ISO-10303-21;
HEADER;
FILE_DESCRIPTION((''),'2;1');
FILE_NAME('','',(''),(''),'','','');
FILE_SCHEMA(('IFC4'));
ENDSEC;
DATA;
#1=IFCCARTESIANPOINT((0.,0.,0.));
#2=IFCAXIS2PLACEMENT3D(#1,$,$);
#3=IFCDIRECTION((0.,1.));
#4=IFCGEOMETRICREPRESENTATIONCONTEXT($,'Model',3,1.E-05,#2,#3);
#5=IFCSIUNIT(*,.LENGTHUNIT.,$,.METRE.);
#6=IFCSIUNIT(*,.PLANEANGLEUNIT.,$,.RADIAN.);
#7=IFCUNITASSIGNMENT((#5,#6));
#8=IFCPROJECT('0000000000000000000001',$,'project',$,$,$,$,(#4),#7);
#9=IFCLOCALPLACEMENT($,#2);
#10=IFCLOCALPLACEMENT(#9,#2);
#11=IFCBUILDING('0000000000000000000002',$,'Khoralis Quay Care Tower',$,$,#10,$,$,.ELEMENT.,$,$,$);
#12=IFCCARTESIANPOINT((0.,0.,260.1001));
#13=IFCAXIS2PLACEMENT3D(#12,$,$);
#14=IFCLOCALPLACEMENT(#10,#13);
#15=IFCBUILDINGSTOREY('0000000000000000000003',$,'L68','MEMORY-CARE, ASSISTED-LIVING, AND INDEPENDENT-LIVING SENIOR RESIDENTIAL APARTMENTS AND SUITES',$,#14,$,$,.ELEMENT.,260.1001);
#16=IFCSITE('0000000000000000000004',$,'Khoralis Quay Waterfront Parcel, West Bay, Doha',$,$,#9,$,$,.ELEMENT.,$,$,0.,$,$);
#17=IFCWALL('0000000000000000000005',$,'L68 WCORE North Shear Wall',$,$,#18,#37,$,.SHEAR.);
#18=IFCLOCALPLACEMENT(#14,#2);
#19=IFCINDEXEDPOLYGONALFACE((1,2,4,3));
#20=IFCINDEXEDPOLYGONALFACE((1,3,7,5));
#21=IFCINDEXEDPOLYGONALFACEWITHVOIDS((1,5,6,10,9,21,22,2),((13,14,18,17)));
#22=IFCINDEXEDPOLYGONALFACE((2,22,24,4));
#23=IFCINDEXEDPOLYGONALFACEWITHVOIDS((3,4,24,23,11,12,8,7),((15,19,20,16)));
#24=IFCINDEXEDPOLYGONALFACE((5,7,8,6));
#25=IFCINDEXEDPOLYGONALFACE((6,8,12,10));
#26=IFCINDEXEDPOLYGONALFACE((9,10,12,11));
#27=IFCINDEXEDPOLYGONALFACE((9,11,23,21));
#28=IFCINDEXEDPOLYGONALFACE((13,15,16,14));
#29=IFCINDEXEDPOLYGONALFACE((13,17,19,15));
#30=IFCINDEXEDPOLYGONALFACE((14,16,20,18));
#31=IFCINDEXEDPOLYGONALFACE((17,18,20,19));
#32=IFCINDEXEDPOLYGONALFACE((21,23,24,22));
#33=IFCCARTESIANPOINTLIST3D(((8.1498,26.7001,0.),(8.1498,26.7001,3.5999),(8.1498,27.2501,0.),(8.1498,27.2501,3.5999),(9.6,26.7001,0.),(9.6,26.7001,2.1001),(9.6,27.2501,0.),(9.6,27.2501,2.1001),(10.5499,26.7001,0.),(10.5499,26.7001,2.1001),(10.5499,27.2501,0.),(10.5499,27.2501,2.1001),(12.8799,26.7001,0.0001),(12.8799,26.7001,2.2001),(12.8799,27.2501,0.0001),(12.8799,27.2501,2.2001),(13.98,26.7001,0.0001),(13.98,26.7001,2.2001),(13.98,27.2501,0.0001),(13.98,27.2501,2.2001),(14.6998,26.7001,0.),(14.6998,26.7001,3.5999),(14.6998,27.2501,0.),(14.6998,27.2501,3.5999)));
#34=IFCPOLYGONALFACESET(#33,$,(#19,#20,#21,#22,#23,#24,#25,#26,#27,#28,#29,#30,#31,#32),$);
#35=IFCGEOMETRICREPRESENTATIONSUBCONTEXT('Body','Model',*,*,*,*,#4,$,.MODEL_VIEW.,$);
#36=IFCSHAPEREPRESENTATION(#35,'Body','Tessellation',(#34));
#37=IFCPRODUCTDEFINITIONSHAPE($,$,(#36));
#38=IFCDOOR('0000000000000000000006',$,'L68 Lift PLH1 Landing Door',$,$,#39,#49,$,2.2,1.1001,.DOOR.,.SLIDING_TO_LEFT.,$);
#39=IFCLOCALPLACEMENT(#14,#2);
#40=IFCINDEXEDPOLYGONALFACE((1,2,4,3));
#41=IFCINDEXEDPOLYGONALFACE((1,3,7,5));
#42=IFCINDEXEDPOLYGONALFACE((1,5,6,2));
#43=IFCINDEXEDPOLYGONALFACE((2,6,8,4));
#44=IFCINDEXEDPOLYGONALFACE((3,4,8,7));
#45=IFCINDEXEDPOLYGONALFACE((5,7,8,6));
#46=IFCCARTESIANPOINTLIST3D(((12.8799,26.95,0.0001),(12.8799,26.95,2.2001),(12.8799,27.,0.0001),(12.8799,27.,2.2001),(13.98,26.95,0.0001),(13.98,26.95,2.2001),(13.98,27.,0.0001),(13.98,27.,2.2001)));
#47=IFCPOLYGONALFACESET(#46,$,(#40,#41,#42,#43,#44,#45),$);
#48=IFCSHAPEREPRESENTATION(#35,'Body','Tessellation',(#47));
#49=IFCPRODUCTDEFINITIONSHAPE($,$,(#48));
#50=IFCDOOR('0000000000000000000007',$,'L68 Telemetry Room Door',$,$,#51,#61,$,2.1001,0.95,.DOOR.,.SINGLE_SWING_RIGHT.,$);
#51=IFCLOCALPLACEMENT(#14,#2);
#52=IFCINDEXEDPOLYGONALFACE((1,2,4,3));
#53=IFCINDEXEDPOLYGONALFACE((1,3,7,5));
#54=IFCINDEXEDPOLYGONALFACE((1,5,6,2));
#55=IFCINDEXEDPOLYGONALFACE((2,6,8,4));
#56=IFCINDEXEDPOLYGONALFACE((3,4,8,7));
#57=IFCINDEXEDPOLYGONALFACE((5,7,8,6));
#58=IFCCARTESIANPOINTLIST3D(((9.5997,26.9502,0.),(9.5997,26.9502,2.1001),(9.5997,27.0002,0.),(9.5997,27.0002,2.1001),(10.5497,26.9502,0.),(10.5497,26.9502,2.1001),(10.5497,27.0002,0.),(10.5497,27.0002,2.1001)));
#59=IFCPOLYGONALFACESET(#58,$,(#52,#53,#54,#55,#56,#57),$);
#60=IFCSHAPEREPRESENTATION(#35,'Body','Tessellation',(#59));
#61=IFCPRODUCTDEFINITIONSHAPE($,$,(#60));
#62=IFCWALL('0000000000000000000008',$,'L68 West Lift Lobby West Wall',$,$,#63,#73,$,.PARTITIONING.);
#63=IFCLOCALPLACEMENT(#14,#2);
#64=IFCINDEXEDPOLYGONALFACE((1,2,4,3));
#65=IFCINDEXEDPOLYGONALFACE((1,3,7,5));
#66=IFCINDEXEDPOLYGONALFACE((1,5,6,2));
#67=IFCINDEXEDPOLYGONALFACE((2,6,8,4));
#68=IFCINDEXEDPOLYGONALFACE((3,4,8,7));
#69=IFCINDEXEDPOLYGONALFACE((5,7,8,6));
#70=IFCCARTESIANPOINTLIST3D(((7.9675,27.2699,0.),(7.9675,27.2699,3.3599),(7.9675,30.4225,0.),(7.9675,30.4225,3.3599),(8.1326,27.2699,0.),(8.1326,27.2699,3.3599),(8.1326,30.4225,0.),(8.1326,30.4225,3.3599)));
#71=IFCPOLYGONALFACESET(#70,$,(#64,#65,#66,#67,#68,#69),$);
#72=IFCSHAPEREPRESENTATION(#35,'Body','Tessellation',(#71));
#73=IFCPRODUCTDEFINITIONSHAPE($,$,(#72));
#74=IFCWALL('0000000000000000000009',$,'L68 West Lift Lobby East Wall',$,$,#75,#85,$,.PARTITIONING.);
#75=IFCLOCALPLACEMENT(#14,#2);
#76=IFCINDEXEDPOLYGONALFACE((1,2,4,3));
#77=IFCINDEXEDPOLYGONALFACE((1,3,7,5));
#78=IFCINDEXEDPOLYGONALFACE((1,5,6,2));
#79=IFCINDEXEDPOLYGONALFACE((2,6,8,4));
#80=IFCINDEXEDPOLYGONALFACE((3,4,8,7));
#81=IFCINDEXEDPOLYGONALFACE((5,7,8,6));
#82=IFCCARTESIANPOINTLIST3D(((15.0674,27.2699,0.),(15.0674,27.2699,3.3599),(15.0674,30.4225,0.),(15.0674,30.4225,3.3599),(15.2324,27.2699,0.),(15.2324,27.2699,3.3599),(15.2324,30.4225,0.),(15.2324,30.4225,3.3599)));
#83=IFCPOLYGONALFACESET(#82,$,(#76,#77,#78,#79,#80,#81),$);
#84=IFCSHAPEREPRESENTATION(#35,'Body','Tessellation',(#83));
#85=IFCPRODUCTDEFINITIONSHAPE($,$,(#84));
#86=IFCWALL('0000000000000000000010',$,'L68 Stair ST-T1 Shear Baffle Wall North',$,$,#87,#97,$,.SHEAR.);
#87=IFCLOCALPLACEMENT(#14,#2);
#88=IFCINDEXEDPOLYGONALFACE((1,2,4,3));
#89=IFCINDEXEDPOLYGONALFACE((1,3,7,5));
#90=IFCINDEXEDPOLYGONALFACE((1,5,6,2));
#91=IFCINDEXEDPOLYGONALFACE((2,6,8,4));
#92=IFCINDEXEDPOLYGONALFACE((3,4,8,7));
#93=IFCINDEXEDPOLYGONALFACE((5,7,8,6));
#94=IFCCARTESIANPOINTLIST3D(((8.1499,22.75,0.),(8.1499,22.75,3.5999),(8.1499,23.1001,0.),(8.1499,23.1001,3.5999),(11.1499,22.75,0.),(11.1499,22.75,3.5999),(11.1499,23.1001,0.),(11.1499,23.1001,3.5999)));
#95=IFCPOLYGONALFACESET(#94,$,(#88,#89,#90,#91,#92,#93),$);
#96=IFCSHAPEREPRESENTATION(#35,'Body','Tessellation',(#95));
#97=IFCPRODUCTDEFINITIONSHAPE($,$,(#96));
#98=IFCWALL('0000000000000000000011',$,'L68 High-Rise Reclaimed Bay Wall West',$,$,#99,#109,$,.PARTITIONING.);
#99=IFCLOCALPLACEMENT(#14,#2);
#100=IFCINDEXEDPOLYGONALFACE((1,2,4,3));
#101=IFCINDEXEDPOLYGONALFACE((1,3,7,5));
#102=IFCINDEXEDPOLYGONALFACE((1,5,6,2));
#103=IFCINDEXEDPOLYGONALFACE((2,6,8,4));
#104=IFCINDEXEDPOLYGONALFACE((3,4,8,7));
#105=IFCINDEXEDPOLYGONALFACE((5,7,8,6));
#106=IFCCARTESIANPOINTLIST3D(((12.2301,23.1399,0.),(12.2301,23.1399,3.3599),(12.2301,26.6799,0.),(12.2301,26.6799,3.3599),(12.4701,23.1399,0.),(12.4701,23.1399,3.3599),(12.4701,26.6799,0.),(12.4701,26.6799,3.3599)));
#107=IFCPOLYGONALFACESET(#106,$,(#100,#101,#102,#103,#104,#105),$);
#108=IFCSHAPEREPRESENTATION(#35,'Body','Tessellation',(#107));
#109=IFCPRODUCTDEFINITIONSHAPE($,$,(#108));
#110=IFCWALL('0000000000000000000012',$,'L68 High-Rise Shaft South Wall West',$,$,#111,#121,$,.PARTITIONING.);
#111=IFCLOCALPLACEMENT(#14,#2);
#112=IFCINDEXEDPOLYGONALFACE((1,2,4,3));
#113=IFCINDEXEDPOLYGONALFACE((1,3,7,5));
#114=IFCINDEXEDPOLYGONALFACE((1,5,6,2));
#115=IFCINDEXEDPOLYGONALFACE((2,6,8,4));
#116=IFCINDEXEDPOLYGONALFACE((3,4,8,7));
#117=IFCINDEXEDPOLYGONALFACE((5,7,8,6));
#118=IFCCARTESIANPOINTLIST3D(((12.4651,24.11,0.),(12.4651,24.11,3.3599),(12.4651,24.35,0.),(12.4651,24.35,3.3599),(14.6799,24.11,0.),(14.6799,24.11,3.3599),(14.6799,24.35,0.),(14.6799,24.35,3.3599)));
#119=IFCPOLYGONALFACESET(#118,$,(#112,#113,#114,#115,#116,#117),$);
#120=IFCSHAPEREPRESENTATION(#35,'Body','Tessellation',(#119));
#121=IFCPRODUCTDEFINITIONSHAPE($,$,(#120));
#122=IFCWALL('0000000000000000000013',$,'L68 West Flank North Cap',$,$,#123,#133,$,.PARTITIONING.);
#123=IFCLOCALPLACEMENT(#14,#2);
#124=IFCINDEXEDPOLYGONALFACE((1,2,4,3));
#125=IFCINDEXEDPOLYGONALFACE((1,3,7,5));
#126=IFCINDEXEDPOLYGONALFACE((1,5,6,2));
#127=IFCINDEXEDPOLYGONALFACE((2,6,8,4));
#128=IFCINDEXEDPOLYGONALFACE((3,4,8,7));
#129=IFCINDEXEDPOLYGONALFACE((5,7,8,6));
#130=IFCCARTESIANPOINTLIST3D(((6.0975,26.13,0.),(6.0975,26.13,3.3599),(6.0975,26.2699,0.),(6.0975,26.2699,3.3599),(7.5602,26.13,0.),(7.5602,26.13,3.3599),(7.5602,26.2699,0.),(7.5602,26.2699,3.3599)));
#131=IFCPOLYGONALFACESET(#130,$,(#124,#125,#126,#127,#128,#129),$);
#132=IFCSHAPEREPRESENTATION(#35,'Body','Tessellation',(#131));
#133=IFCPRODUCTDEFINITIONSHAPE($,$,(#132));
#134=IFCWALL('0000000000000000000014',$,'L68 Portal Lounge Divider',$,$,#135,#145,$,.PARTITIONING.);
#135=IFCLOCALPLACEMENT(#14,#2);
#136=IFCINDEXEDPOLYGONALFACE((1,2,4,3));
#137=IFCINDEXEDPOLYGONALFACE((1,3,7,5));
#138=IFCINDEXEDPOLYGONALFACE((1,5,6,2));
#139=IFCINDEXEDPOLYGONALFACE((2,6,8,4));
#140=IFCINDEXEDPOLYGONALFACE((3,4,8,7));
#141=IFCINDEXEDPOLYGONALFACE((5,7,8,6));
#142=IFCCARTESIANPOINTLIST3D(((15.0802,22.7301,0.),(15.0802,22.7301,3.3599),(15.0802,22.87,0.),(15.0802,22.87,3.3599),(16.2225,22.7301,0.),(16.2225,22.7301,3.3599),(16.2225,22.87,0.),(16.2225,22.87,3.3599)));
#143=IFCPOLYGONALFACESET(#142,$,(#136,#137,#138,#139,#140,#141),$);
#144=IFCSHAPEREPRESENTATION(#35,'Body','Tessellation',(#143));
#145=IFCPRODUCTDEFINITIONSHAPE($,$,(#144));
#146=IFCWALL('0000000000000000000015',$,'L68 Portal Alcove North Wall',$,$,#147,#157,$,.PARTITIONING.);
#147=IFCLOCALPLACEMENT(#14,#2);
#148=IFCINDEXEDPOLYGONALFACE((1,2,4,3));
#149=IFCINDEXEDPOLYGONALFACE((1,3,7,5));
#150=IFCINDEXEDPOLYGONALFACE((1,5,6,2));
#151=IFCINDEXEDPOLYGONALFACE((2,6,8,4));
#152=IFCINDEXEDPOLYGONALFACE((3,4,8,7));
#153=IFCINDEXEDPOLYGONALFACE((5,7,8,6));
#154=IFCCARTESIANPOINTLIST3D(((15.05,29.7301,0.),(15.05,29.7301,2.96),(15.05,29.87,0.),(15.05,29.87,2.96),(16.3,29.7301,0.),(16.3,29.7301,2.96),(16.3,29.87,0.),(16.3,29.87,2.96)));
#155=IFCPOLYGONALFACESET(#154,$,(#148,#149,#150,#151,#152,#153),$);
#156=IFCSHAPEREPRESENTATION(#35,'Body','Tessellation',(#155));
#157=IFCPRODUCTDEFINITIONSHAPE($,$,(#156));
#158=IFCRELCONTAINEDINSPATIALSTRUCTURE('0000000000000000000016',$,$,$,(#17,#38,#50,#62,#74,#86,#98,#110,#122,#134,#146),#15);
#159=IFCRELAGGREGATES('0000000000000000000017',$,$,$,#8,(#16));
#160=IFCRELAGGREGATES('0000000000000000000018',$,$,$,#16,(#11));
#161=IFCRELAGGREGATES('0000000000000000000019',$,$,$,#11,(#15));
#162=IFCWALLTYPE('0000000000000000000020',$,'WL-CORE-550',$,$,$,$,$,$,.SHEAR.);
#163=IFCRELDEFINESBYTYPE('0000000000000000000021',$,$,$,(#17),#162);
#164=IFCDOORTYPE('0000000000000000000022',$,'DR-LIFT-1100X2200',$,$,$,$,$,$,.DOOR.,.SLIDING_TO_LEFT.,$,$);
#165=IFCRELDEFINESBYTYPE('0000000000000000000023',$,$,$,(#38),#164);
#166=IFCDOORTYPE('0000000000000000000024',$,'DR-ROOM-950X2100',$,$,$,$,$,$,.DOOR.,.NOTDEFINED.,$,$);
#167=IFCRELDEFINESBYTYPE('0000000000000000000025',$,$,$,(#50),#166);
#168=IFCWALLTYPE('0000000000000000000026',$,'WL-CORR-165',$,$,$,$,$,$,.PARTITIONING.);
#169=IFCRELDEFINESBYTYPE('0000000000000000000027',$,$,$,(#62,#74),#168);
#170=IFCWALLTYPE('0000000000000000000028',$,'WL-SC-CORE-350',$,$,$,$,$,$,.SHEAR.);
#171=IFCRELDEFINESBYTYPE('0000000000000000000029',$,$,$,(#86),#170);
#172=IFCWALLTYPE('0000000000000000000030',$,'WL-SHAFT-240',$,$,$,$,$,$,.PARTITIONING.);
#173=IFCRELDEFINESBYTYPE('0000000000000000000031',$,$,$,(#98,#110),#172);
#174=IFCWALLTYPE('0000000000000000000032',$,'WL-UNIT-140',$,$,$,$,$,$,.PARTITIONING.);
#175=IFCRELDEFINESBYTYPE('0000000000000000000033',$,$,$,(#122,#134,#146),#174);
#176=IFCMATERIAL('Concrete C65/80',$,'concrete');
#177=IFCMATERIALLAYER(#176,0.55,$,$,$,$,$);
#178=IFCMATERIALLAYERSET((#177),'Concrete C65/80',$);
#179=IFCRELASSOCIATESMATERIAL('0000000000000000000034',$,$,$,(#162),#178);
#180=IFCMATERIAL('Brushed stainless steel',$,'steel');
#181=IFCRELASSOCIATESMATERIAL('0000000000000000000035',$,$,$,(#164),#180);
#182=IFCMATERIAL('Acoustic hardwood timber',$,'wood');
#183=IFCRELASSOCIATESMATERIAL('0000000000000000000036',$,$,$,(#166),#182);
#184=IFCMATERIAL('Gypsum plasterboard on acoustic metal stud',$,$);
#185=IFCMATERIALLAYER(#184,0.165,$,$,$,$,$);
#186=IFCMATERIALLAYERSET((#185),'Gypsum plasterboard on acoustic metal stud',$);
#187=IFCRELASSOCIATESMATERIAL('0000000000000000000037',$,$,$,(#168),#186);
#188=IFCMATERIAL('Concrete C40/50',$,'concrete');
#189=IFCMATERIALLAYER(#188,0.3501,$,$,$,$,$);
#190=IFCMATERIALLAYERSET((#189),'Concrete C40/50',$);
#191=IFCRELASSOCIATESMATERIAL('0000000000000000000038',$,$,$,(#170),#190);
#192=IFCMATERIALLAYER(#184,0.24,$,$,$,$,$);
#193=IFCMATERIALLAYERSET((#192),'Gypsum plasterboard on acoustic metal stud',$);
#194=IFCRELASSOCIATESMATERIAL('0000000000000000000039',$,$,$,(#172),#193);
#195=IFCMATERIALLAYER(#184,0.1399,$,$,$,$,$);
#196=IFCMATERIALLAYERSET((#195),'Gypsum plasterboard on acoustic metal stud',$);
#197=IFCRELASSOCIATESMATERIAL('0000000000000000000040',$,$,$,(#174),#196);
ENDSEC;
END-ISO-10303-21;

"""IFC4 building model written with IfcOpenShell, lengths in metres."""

from ifc_helpers import new_model, si_unit, direction, frame, frame_2d, origin, place, context, subcontext, project, spatial, rectangle, extrude, source, transform, mapped, material, layer, layer_set, type_object, element, fill, save


model = new_model("IFC4")

# Units and contexts
model_context = context("Model", 3, precision=1e-05, world=origin(), true_north=direction((0.0, 1.0)))
body_context = subcontext(model_context, "Body", "Model", "MODEL_VIEW")
ifc_project = project(units=[si_unit("LENGTHUNIT", "METRE"), si_unit("PLANEANGLEUNIT", "RADIAN")], contexts=[model_context])

# Site, building, storey
site_placement = place(None, origin())
site = spatial("IfcSite", under=ifc_project, at=site_placement, Name="Khoralis Quay Waterfront Parcel, West Bay, Doha", CompositionType="ELEMENT", RefElevation=0.0)
building_placement = place(site_placement, origin())
building = spatial("IfcBuilding", under=site, at=building_placement, Name="Khoralis Quay Care Tower", CompositionType="ELEMENT")
storey_placement = place(building_placement, frame((0.0, 0.0, 260.1001)))
storey = spatial("IfcBuildingStorey", under=building, at=storey_placement, Name="L68", Description="MEMORY-CARE, ASSISTED-LIVING, AND INDEPENDENT-LIVING SENIOR RESIDENTIAL APARTMENTS AND SUITES", CompositionType="ELEMENT", Elevation=260.1001)

# Wall, openings, doors
ifc_material_1 = material(Name="Concrete C65/80", Category="concrete")
ifc_layer_1 = layer(ifc_material_1, 0.55)
ifc_layer_set_1 = layer_set([ifc_layer_1], Name="Concrete C65/80")
wall_type_1 = type_object("IfcWallType", Name="WL-CORE-550", PredefinedType="SHEAR", material=ifc_layer_set_1)
wall_1_placement = place(storey_placement, frame((8.1499, 26.9751, 0.0), z_axis=(0.0, 0.0, 1.0), x_axis=(1.0, 0.0, 0.0)))
wall_1 = element("IfcWall", 1, at=wall_1_placement, inside=storey, type_object=wall_type_1, Name="L68 WCORE North Shear Wall", PredefinedType="SHEAR", context=body_context, shape_type="SweptSolid", body=[
    extrude(rectangle(XDim=6.55, YDim=0.55, at=frame_2d((3.2749, 0.0))), origin(), (0.0, 0.0, 1.0), 3.5999),
])
opening_1_placement = place(wall_1_placement, frame((1.45, 0.0, 0.0)))
opening_1 = element("IfcOpeningElement", 2, at=opening_1_placement, cuts=wall_1, PredefinedType="OPENING", context=body_context, shape_type="SweptSolid", body=[
    extrude(rectangle(XDim=0.95, YDim=2.1001, at=frame_2d((0.4751, 1.05))), frame((0.0, 0.2852, 0.0), z_axis=(0.0, -1.0, 0.0), x_axis=(1.0, 0.0, 0.0)), (0.0, 0.0, 1.0), 0.5701),
])
opening_2_placement = place(wall_1_placement, frame((4.73, 0.0, 0.0)))
opening_2 = element("IfcOpeningElement", 3, at=opening_2_placement, cuts=wall_1, PredefinedType="OPENING", context=body_context, shape_type="SweptSolid", body=[
    extrude(rectangle(XDim=1.1001, YDim=2.2, at=frame_2d((0.55, 1.1001))), frame((0.0, 0.2852, 0.0), z_axis=(0.0, -1.0, 0.0), x_axis=(1.0, 0.0, 0.0)), (0.0, 0.0, 1.0), 0.5701),
])
ifc_material_2 = material(Name="Brushed stainless steel", Category="steel")
door_type_1 = type_object("IfcDoorType", Name="DR-LIFT-1100X2200", OperationType="SLIDING_TO_LEFT", PredefinedType="DOOR", material=ifc_material_2)
shared_shape_1 = source(origin(), body_context, "Body", "SweptSolid", [
    extrude(rectangle(XDim=1.1001, YDim=2.2, at=frame_2d((0.55, 1.1001))), frame((0.0, 0.0249, 0.0), z_axis=(0.0, -1.0, 0.0), x_axis=(1.0, 0.0, 0.0)), (0.0, 0.0, 1.0), 0.05),
])
door_1_placement = place(opening_2_placement, origin())
door_1 = element("IfcDoor", 4, at=door_1_placement, inside=storey, type_object=door_type_1, Name="L68 Lift PLH1 Landing Door", OperationType="SLIDING_TO_LEFT", OverallHeight=2.2, OverallWidth=1.1001, PredefinedType="DOOR", context=body_context, shape_type="MappedRepresentation", body=[
    mapped(shared_shape_1, transform((0.0, 0.0, 0.0), scale=1.0)),
])
fill(opening_2, door_1)
ifc_material_3 = material(Name="Acoustic hardwood timber", Category="wood")
door_type_2 = type_object("IfcDoorType", Name="DR-ROOM-950X2100", OperationType="NOTDEFINED", PredefinedType="DOOR", material=ifc_material_3)
shared_shape_2 = source(origin(), body_context, "Body", "SweptSolid", [
    extrude(rectangle(XDim=0.95, YDim=2.1001, at=frame_2d((0.4751, 1.05))), frame((0.0, 0.0249, 0.0), z_axis=(0.0, -1.0, 0.0), x_axis=(1.0, 0.0, 0.0)), (0.0, 0.0, 1.0), 0.05),
])
door_2_placement = place(opening_1_placement, frame((0.95, 0.0, 0.0), z_axis=(0.0, 0.0, 1.0), x_axis=(-1.0, 0.0, 0.0)))
door_2 = element("IfcDoor", 5, at=door_2_placement, inside=storey, type_object=door_type_2, Name="L68 Telemetry Room Door", OperationType="SINGLE_SWING_RIGHT", OverallHeight=2.1001, OverallWidth=0.95, PredefinedType="DOOR", context=body_context, shape_type="MappedRepresentation", body=[
    mapped(shared_shape_2, transform((0.0, 0.0, 0.0), scale=1.0)),
])
fill(opening_1, door_2)

# Walls
ifc_material_4 = material(Name="Gypsum plasterboard on acoustic metal stud")
ifc_layer_2 = layer(ifc_material_4, 0.165)
ifc_layer_set_2 = layer_set([ifc_layer_2], Name="Gypsum plasterboard on acoustic metal stud")
wall_type_2 = type_object("IfcWallType", Name="WL-CORR-165", PredefinedType="PARTITIONING", material=ifc_layer_set_2)
for number, where, z_axis, x_axis, name in (
    (6, (8.05, 27.27, 0.0), (0.0, 0.0, 1.0), (0.0, 1.0, 0.0), "L68 West Lift Lobby West Wall"),
    (7, (15.1499, 27.27, 0.0), (0.0, 0.0, 1.0), (0.0, 1.0, 0.0), "L68 West Lift Lobby East Wall"),
):
    element("IfcWall", number, at=place(storey_placement, frame(where, z_axis=z_axis, x_axis=x_axis)), inside=storey, type_object=wall_type_2, Name=name, PredefinedType="PARTITIONING", context=body_context, shape_type="SweptSolid", body=[
        extrude(rectangle(XDim=3.1526, YDim=0.165, at=frame_2d((1.5762, 0.0))), origin(), (0.0, 0.0, 1.0), 3.3599),
    ])
ifc_material_5 = material(Name="Concrete C40/50", Category="concrete")
ifc_layer_3 = layer(ifc_material_5, 0.3501)
ifc_layer_set_3 = layer_set([ifc_layer_3], Name="Concrete C40/50")
wall_type_3 = type_object("IfcWallType", Name="WL-SC-CORE-350", PredefinedType="SHEAR", material=ifc_layer_set_3)
wall_2_placement = place(storey_placement, frame((8.1499, 22.925, 0.0), z_axis=(0.0, 0.0, 1.0), x_axis=(1.0, 0.0, 0.0)))
element("IfcWall", 8, at=wall_2_placement, inside=storey, type_object=wall_type_3, Name="L68 Stair ST-T1 Shear Baffle Wall North", PredefinedType="SHEAR", context=body_context, shape_type="SweptSolid", body=[
    extrude(rectangle(XDim=3.0, YDim=0.3501, at=frame_2d((1.5, 0.0))), origin(), (0.0, 0.0, 1.0), 3.5999),
])
ifc_layer_4 = layer(ifc_material_4, 0.24)
ifc_layer_set_4 = layer_set([ifc_layer_4], Name="Gypsum plasterboard on acoustic metal stud")
wall_type_4 = type_object("IfcWallType", Name="WL-SHAFT-240", PredefinedType="PARTITIONING", material=ifc_layer_set_4)
wall_3_placement = place(storey_placement, frame((12.3501, 23.1399, 0.0), z_axis=(0.0, 0.0, 1.0), x_axis=(0.0, 1.0, 0.0)))
element("IfcWall", 9, at=wall_3_placement, inside=storey, type_object=wall_type_4, Name="L68 High-Rise Reclaimed Bay Wall West", PredefinedType="PARTITIONING", context=body_context, shape_type="SweptSolid", body=[
    extrude(rectangle(XDim=3.54, YDim=0.24, at=frame_2d((1.77, 0.0))), origin(), (0.0, 0.0, 1.0), 3.3599),
])
wall_4_placement = place(storey_placement, frame((12.4651, 24.23, 0.0), z_axis=(0.0, 0.0, 1.0), x_axis=(1.0, 0.0, 0.0)))
element("IfcWall", 10, at=wall_4_placement, inside=storey, type_object=wall_type_4, Name="L68 High-Rise Shaft South Wall West", PredefinedType="PARTITIONING", context=body_context, shape_type="SweptSolid", body=[
    extrude(rectangle(XDim=2.2148, YDim=0.24, at=frame_2d((1.1074, 0.0))), origin(), (0.0, 0.0, 1.0), 3.3599),
])
ifc_layer_5 = layer(ifc_material_4, 0.1399)
ifc_layer_set_5 = layer_set([ifc_layer_5], Name="Gypsum plasterboard on acoustic metal stud")
wall_type_5 = type_object("IfcWallType", Name="WL-UNIT-140", PredefinedType="PARTITIONING", material=ifc_layer_set_5)
wall_5_placement = place(storey_placement, frame((6.0974, 26.2, 0.0), z_axis=(0.0, 0.0, 1.0), x_axis=(1.0, 0.0, 0.0)))
element("IfcWall", 11, at=wall_5_placement, inside=storey, type_object=wall_type_5, Name="L68 West Flank North Cap", PredefinedType="PARTITIONING", context=body_context, shape_type="SweptSolid", body=[
    extrude(rectangle(XDim=1.4626, YDim=0.1399, at=frame_2d((0.7314, 0.0))), origin(), (0.0, 0.0, 1.0), 3.3599),
])
wall_6_placement = place(storey_placement, frame((15.0801, 22.8, 0.0), z_axis=(0.0, 0.0, 1.0), x_axis=(1.0, 0.0, 0.0)))
element("IfcWall", 12, at=wall_6_placement, inside=storey, type_object=wall_type_5, Name="L68 Portal Lounge Divider", PredefinedType="PARTITIONING", context=body_context, shape_type="SweptSolid", body=[
    extrude(rectangle(XDim=1.1423, YDim=0.1399, at=frame_2d((0.5713, 0.0))), origin(), (0.0, 0.0, 1.0), 3.3599),
])
wall_7_placement = place(storey_placement, frame((15.05, 29.8, 0.0), z_axis=(0.0, 0.0, 1.0), x_axis=(1.0, 0.0, 0.0)))
element("IfcWall", 13, at=wall_7_placement, inside=storey, type_object=wall_type_5, Name="L68 Portal Alcove North Wall", PredefinedType="PARTITIONING", context=body_context, shape_type="SweptSolid", body=[
    extrude(rectangle(XDim=1.25, YDim=0.1399, at=frame_2d((0.625, 0.0))), origin(), (0.0, 0.0, 1.0), 2.96),
])

save(model, "model.ifc")
